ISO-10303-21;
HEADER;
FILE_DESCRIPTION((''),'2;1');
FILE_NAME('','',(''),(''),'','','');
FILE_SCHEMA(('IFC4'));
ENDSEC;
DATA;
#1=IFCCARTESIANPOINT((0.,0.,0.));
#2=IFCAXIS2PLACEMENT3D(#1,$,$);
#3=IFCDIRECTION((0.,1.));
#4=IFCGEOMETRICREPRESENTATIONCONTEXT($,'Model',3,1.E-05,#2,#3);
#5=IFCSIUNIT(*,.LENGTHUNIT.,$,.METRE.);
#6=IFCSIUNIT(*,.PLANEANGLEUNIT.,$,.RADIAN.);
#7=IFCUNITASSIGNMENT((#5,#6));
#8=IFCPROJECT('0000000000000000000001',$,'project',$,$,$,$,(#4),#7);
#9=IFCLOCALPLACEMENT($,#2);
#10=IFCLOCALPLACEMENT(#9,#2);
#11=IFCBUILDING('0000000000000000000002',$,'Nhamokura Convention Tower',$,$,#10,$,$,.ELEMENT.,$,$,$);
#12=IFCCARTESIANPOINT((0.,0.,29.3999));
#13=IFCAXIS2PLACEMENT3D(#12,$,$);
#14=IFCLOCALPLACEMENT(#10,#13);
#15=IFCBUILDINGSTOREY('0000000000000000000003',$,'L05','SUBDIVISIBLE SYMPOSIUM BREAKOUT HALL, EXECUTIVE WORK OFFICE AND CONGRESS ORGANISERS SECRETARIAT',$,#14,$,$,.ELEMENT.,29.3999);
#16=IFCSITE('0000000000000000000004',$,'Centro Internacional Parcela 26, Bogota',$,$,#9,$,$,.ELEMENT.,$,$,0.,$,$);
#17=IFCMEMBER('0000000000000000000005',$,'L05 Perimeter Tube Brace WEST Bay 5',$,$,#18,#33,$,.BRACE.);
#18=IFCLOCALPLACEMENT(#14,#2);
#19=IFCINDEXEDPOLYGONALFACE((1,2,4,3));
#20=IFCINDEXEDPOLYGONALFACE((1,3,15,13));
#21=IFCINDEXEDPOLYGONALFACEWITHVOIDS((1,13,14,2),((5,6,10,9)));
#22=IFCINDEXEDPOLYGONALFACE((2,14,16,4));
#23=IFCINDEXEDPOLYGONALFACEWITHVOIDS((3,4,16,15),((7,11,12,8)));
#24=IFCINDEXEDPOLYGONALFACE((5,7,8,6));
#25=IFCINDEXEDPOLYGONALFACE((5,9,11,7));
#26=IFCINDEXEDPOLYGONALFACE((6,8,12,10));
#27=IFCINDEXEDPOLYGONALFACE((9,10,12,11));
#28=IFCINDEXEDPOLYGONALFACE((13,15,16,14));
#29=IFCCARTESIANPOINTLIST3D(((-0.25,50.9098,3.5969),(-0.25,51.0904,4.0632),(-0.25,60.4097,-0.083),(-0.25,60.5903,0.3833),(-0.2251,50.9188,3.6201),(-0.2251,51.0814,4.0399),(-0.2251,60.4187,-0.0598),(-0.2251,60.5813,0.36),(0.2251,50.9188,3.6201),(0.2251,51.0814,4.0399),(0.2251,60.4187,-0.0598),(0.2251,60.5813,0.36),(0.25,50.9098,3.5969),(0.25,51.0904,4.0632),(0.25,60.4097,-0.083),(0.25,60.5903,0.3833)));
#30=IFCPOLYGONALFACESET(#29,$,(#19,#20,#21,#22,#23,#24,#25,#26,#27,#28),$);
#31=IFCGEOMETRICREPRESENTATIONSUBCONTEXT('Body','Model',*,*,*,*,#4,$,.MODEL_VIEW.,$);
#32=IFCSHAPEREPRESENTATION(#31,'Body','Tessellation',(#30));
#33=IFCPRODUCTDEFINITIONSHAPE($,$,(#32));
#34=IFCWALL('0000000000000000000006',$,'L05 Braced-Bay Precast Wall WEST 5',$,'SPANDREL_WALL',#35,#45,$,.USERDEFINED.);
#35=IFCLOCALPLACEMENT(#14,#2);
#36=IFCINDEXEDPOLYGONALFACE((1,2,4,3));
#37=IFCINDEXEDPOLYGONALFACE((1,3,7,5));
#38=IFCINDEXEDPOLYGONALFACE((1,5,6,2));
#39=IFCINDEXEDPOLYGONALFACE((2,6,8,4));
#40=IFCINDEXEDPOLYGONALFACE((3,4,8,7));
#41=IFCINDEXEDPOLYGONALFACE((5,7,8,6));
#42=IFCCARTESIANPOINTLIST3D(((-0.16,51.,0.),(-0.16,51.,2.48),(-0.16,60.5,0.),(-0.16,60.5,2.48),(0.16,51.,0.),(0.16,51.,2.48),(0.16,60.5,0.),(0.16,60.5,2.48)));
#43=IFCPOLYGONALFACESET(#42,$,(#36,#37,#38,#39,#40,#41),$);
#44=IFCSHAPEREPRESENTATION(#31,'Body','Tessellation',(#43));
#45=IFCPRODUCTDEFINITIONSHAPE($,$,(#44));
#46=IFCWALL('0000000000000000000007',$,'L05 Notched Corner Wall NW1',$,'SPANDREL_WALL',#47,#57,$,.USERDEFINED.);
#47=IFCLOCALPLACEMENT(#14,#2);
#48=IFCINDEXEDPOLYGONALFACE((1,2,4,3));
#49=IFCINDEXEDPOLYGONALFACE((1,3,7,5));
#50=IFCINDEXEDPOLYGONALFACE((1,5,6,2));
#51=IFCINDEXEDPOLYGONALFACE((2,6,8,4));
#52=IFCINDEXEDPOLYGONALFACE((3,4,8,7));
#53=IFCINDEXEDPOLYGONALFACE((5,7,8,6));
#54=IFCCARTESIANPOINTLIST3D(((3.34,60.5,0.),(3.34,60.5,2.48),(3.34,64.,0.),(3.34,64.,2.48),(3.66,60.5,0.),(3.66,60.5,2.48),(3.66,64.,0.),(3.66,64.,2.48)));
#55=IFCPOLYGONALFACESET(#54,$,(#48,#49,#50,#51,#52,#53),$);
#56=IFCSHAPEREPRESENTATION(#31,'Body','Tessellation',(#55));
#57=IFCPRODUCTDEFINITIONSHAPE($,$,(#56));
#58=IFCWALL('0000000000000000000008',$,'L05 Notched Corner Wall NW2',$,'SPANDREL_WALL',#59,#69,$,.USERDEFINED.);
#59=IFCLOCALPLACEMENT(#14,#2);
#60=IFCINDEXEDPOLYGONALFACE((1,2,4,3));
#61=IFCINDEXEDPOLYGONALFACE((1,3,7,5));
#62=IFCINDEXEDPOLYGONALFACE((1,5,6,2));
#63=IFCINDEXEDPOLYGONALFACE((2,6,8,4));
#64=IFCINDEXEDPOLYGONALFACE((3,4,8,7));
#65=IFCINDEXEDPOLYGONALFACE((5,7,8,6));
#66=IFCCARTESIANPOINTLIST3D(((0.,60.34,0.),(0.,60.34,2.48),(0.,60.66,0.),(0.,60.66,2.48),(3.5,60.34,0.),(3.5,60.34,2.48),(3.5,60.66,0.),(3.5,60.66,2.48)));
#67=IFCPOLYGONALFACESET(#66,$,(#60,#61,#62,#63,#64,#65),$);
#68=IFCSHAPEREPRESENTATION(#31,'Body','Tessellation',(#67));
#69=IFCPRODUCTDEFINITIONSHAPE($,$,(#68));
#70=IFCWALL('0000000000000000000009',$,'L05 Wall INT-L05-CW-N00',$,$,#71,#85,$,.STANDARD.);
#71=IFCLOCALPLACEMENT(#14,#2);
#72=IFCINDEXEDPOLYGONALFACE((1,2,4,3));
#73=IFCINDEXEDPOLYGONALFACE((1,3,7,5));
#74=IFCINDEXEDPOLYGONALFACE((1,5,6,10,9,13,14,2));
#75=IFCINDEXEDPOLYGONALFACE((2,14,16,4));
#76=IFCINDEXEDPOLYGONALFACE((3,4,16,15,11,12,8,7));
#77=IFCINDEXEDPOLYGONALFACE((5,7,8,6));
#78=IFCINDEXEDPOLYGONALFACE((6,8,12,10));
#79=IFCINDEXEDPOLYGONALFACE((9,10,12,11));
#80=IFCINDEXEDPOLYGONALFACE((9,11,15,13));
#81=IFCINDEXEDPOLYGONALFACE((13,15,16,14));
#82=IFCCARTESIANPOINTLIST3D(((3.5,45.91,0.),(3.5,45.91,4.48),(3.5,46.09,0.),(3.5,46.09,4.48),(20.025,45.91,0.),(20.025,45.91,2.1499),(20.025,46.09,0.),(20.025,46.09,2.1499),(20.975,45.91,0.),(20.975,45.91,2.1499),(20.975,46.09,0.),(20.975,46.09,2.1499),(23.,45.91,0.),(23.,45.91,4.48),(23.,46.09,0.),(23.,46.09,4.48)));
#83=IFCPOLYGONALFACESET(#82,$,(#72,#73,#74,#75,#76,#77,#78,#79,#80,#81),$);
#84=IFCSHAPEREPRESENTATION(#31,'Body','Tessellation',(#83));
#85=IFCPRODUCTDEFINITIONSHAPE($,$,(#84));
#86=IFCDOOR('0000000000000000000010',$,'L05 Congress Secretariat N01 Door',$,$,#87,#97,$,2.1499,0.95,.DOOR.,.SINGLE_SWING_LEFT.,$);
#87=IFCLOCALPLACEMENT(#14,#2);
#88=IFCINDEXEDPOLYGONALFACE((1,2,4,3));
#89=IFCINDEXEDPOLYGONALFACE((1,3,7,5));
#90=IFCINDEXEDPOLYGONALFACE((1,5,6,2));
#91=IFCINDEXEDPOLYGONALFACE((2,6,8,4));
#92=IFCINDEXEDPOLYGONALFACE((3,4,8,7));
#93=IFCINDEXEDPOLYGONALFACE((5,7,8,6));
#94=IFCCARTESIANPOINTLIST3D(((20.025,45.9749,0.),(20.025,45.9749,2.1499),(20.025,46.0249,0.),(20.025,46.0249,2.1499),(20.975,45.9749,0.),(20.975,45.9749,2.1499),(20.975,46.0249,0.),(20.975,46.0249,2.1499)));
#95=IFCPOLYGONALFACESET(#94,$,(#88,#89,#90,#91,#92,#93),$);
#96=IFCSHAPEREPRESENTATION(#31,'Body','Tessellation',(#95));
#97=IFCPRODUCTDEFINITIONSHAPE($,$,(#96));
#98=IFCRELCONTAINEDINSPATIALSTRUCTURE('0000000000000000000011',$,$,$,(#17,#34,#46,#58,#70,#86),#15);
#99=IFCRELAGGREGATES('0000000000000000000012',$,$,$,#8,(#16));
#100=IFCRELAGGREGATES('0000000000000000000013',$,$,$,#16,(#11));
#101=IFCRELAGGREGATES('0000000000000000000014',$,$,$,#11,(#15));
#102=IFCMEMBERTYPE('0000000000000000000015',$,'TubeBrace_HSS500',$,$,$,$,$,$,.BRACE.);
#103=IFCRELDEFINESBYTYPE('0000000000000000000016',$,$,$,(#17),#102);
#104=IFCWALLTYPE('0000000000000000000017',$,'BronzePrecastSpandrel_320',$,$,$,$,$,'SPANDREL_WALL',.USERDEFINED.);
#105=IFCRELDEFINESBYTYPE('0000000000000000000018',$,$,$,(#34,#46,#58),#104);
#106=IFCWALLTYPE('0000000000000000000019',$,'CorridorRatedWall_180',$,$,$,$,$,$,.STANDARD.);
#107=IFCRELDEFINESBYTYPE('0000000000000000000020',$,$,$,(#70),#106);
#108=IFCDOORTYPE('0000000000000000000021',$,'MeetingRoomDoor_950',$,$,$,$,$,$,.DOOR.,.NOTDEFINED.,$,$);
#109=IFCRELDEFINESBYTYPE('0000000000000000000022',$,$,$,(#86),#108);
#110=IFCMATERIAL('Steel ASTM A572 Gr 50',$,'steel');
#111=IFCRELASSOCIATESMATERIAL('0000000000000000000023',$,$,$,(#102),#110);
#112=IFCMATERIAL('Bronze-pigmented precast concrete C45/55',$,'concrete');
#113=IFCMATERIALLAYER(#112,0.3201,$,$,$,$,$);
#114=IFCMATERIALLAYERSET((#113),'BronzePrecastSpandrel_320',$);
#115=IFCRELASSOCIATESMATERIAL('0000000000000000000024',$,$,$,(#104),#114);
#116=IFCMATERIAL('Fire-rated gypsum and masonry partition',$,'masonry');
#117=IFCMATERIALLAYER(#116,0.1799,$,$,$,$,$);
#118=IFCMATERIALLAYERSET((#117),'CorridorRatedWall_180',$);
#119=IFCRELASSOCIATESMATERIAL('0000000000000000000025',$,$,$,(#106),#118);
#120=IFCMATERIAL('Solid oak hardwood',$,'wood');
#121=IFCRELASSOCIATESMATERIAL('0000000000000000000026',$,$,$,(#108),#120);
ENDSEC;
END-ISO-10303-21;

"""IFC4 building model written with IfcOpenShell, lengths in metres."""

from ifc_helpers import new_model, si_unit, direction, frame, frame_2d, origin, origin_2d, place, context, subcontext, project, spatial, rectangle, hollow_rectangle, extrude, material, layer, layer_set, material_profile, profile_set, type_object, element, fill, save


model = new_model("IFC4")

# Units and contexts
model_context = context("Model", 3, precision=1e-05, world=origin(), true_north=direction((0.0, 1.0)))
body_context = subcontext(model_context, "Body", "Model", "MODEL_VIEW")
ifc_project = project(units=[si_unit("LENGTHUNIT", "METRE"), si_unit("PLANEANGLEUNIT", "RADIAN")], contexts=[model_context])

# Site, building, storey
site_placement = place(None, origin())
site = spatial("IfcSite", under=ifc_project, at=site_placement, Name="Centro Internacional Parcela 26, Bogota", CompositionType="ELEMENT", RefElevation=0.0)
building_placement = place(site_placement, origin())
building = spatial("IfcBuilding", under=site, at=building_placement, Name="Nhamokura Convention Tower", CompositionType="ELEMENT")
storey_placement = place(building_placement, frame((0.0, 0.0, 29.3999)))
storey = spatial("IfcBuildingStorey", under=building, at=storey_placement, Name="L05", Description="SUBDIVISIBLE SYMPOSIUM BREAKOUT HALL, EXECUTIVE WORK OFFICE AND CONGRESS ORGANISERS SECRETARIAT", CompositionType="ELEMENT", Elevation=29.3999)

# Member
ifc_material_1 = material(Name="Steel ASTM A572 Gr 50", Category="steel")
ifc_material_profile_1 = material_profile(ifc_material_1, hollow_rectangle(XDim=0.5, YDim=0.5, WallThickness=0.0249, at=origin_2d()))
ifc_profile_set_1 = profile_set([ifc_material_profile_1], Name="Steel ASTM A572 Gr 50")
member_type = type_object("IfcMemberType", Name="TubeBrace_HSS500", PredefinedType="BRACE", material=ifc_profile_set_1)
for number, where, z_axis, x_axis, name in (
    (1, (0.0, 60.5, 0.1501), (0.0, -0.932485, 0.361209), (1.0, 0.0, 0.0), "L05 Perimeter Tube Brace WEST Bay 5"),
):
    element("IfcMember", number, at=place(storey_placement, frame(where, z_axis=z_axis, x_axis=x_axis)), inside=storey, type_object=member_type, Name=name, PredefinedType="BRACE", context=body_context, shape_type="SweptSolid", body=[
        extrude(hollow_rectangle(XDim=0.5, YDim=0.5, WallThickness=0.0249, at=origin_2d()), origin(), (0.0, 0.0, 1.0), 10.1877),
    ])

# Walls
ifc_material_2 = material(Name="Bronze-pigmented precast concrete C45/55", Category="concrete")
ifc_layer_1 = layer(ifc_material_2, 0.3201)
ifc_layer_set_1 = layer_set([ifc_layer_1], Name="BronzePrecastSpandrel_320")
wall_type_1 = type_object("IfcWallType", Name="BronzePrecastSpandrel_320", ElementType="SPANDREL_WALL", PredefinedType="USERDEFINED", material=ifc_layer_set_1)
wall_1_placement = place(storey_placement, frame((0.0, 51.0, 0.0), z_axis=(0.0, 0.0, 1.0), x_axis=(0.0, 1.0, 0.0)))
element("IfcWall", 2, at=wall_1_placement, inside=storey, type_object=wall_type_1, Name="L05 Braced-Bay Precast Wall WEST 5", ObjectType="SPANDREL_WALL", PredefinedType="USERDEFINED", context=body_context, shape_type="SweptSolid", body=[
    extrude(rectangle(XDim=9.5, YDim=0.3201, at=frame_2d((4.75, 0.0))), origin(), (0.0, 0.0, 1.0), 2.48),
])
for number, where, z_axis, x_axis, name in (
    (3, (3.5, 60.5, 0.0), (0.0, 0.0, 1.0), (0.0, 1.0, 0.0), "L05 Notched Corner Wall NW1"),
    (4, (0.0, 60.5, 0.0), (0.0, 0.0, 1.0), (1.0, 0.0, 0.0), "L05 Notched Corner Wall NW2"),
):
    element("IfcWall", number, at=place(storey_placement, frame(where, z_axis=z_axis, x_axis=x_axis)), inside=storey, type_object=wall_type_1, Name=name, ObjectType="SPANDREL_WALL", PredefinedType="USERDEFINED", context=body_context, shape_type="SweptSolid", body=[
        extrude(rectangle(XDim=3.5, YDim=0.3201, at=frame_2d((1.75, 0.0))), origin(), (0.0, 0.0, 1.0), 2.48),
    ])

# Wall, opening, door
ifc_material_3 = material(Name="Fire-rated gypsum and masonry partition", Category="masonry")
ifc_layer_2 = layer(ifc_material_3, 0.1799)
ifc_layer_set_2 = layer_set([ifc_layer_2], Name="CorridorRatedWall_180")
wall_type_2 = type_object("IfcWallType", Name="CorridorRatedWall_180", PredefinedType="STANDARD", material=ifc_layer_set_2)
wall_2_placement = place(storey_placement, frame((3.5, 46.0, 0.0), z_axis=(0.0, 0.0, 1.0), x_axis=(1.0, 0.0, 0.0)))
wall_2 = element("IfcWall", 5, at=wall_2_placement, inside=storey, type_object=wall_type_2, Name="L05 Wall INT-L05-CW-N00", PredefinedType="STANDARD", context=body_context, shape_type="SweptSolid", body=[
    extrude(rectangle(XDim=19.5, YDim=0.1799, at=frame_2d((9.75, 0.0))), origin(), (0.0, 0.0, 1.0), 4.48),
])
opening_placement = place(wall_2_placement, frame((16.5249, 0.0, 0.0)))
opening = element("IfcOpeningElement", 6, at=opening_placement, cuts=wall_2, PredefinedType="OPENING", context=body_context, shape_type="SweptSolid", body=[
    extrude(rectangle(XDim=0.95, YDim=2.1499, at=frame_2d((0.4751, 1.075))), frame((0.0, 0.0999, 0.0), z_axis=(0.0, -1.0, 0.0), x_axis=(1.0, 0.0, 0.0)), (0.0, 0.0, 1.0), 0.2),
])
ifc_material_4 = material(Name="Solid oak hardwood", Category="wood")
door_type = type_object("IfcDoorType", Name="MeetingRoomDoor_950", OperationType="NOTDEFINED", PredefinedType="DOOR", material=ifc_material_4)
door_placement = place(opening_placement, origin())
door = element("IfcDoor", 7, at=door_placement, inside=storey, type_object=door_type, Name="L05 Congress Secretariat N01 Door", OperationType="SINGLE_SWING_LEFT", OverallHeight=2.1499, OverallWidth=0.95, PredefinedType="DOOR", context=body_context, shape_type="SweptSolid", body=[
    extrude(rectangle(XDim=0.95, YDim=2.1499, at=frame_2d((0.4751, 1.075))), frame((0.0, 0.0249, 0.0), z_axis=(0.0, -1.0, 0.0), x_axis=(1.0, 0.0, 0.0)), (0.0, 0.0, 1.0), 0.05),
])
fill(opening, door)

save(model, "model.ifc")
